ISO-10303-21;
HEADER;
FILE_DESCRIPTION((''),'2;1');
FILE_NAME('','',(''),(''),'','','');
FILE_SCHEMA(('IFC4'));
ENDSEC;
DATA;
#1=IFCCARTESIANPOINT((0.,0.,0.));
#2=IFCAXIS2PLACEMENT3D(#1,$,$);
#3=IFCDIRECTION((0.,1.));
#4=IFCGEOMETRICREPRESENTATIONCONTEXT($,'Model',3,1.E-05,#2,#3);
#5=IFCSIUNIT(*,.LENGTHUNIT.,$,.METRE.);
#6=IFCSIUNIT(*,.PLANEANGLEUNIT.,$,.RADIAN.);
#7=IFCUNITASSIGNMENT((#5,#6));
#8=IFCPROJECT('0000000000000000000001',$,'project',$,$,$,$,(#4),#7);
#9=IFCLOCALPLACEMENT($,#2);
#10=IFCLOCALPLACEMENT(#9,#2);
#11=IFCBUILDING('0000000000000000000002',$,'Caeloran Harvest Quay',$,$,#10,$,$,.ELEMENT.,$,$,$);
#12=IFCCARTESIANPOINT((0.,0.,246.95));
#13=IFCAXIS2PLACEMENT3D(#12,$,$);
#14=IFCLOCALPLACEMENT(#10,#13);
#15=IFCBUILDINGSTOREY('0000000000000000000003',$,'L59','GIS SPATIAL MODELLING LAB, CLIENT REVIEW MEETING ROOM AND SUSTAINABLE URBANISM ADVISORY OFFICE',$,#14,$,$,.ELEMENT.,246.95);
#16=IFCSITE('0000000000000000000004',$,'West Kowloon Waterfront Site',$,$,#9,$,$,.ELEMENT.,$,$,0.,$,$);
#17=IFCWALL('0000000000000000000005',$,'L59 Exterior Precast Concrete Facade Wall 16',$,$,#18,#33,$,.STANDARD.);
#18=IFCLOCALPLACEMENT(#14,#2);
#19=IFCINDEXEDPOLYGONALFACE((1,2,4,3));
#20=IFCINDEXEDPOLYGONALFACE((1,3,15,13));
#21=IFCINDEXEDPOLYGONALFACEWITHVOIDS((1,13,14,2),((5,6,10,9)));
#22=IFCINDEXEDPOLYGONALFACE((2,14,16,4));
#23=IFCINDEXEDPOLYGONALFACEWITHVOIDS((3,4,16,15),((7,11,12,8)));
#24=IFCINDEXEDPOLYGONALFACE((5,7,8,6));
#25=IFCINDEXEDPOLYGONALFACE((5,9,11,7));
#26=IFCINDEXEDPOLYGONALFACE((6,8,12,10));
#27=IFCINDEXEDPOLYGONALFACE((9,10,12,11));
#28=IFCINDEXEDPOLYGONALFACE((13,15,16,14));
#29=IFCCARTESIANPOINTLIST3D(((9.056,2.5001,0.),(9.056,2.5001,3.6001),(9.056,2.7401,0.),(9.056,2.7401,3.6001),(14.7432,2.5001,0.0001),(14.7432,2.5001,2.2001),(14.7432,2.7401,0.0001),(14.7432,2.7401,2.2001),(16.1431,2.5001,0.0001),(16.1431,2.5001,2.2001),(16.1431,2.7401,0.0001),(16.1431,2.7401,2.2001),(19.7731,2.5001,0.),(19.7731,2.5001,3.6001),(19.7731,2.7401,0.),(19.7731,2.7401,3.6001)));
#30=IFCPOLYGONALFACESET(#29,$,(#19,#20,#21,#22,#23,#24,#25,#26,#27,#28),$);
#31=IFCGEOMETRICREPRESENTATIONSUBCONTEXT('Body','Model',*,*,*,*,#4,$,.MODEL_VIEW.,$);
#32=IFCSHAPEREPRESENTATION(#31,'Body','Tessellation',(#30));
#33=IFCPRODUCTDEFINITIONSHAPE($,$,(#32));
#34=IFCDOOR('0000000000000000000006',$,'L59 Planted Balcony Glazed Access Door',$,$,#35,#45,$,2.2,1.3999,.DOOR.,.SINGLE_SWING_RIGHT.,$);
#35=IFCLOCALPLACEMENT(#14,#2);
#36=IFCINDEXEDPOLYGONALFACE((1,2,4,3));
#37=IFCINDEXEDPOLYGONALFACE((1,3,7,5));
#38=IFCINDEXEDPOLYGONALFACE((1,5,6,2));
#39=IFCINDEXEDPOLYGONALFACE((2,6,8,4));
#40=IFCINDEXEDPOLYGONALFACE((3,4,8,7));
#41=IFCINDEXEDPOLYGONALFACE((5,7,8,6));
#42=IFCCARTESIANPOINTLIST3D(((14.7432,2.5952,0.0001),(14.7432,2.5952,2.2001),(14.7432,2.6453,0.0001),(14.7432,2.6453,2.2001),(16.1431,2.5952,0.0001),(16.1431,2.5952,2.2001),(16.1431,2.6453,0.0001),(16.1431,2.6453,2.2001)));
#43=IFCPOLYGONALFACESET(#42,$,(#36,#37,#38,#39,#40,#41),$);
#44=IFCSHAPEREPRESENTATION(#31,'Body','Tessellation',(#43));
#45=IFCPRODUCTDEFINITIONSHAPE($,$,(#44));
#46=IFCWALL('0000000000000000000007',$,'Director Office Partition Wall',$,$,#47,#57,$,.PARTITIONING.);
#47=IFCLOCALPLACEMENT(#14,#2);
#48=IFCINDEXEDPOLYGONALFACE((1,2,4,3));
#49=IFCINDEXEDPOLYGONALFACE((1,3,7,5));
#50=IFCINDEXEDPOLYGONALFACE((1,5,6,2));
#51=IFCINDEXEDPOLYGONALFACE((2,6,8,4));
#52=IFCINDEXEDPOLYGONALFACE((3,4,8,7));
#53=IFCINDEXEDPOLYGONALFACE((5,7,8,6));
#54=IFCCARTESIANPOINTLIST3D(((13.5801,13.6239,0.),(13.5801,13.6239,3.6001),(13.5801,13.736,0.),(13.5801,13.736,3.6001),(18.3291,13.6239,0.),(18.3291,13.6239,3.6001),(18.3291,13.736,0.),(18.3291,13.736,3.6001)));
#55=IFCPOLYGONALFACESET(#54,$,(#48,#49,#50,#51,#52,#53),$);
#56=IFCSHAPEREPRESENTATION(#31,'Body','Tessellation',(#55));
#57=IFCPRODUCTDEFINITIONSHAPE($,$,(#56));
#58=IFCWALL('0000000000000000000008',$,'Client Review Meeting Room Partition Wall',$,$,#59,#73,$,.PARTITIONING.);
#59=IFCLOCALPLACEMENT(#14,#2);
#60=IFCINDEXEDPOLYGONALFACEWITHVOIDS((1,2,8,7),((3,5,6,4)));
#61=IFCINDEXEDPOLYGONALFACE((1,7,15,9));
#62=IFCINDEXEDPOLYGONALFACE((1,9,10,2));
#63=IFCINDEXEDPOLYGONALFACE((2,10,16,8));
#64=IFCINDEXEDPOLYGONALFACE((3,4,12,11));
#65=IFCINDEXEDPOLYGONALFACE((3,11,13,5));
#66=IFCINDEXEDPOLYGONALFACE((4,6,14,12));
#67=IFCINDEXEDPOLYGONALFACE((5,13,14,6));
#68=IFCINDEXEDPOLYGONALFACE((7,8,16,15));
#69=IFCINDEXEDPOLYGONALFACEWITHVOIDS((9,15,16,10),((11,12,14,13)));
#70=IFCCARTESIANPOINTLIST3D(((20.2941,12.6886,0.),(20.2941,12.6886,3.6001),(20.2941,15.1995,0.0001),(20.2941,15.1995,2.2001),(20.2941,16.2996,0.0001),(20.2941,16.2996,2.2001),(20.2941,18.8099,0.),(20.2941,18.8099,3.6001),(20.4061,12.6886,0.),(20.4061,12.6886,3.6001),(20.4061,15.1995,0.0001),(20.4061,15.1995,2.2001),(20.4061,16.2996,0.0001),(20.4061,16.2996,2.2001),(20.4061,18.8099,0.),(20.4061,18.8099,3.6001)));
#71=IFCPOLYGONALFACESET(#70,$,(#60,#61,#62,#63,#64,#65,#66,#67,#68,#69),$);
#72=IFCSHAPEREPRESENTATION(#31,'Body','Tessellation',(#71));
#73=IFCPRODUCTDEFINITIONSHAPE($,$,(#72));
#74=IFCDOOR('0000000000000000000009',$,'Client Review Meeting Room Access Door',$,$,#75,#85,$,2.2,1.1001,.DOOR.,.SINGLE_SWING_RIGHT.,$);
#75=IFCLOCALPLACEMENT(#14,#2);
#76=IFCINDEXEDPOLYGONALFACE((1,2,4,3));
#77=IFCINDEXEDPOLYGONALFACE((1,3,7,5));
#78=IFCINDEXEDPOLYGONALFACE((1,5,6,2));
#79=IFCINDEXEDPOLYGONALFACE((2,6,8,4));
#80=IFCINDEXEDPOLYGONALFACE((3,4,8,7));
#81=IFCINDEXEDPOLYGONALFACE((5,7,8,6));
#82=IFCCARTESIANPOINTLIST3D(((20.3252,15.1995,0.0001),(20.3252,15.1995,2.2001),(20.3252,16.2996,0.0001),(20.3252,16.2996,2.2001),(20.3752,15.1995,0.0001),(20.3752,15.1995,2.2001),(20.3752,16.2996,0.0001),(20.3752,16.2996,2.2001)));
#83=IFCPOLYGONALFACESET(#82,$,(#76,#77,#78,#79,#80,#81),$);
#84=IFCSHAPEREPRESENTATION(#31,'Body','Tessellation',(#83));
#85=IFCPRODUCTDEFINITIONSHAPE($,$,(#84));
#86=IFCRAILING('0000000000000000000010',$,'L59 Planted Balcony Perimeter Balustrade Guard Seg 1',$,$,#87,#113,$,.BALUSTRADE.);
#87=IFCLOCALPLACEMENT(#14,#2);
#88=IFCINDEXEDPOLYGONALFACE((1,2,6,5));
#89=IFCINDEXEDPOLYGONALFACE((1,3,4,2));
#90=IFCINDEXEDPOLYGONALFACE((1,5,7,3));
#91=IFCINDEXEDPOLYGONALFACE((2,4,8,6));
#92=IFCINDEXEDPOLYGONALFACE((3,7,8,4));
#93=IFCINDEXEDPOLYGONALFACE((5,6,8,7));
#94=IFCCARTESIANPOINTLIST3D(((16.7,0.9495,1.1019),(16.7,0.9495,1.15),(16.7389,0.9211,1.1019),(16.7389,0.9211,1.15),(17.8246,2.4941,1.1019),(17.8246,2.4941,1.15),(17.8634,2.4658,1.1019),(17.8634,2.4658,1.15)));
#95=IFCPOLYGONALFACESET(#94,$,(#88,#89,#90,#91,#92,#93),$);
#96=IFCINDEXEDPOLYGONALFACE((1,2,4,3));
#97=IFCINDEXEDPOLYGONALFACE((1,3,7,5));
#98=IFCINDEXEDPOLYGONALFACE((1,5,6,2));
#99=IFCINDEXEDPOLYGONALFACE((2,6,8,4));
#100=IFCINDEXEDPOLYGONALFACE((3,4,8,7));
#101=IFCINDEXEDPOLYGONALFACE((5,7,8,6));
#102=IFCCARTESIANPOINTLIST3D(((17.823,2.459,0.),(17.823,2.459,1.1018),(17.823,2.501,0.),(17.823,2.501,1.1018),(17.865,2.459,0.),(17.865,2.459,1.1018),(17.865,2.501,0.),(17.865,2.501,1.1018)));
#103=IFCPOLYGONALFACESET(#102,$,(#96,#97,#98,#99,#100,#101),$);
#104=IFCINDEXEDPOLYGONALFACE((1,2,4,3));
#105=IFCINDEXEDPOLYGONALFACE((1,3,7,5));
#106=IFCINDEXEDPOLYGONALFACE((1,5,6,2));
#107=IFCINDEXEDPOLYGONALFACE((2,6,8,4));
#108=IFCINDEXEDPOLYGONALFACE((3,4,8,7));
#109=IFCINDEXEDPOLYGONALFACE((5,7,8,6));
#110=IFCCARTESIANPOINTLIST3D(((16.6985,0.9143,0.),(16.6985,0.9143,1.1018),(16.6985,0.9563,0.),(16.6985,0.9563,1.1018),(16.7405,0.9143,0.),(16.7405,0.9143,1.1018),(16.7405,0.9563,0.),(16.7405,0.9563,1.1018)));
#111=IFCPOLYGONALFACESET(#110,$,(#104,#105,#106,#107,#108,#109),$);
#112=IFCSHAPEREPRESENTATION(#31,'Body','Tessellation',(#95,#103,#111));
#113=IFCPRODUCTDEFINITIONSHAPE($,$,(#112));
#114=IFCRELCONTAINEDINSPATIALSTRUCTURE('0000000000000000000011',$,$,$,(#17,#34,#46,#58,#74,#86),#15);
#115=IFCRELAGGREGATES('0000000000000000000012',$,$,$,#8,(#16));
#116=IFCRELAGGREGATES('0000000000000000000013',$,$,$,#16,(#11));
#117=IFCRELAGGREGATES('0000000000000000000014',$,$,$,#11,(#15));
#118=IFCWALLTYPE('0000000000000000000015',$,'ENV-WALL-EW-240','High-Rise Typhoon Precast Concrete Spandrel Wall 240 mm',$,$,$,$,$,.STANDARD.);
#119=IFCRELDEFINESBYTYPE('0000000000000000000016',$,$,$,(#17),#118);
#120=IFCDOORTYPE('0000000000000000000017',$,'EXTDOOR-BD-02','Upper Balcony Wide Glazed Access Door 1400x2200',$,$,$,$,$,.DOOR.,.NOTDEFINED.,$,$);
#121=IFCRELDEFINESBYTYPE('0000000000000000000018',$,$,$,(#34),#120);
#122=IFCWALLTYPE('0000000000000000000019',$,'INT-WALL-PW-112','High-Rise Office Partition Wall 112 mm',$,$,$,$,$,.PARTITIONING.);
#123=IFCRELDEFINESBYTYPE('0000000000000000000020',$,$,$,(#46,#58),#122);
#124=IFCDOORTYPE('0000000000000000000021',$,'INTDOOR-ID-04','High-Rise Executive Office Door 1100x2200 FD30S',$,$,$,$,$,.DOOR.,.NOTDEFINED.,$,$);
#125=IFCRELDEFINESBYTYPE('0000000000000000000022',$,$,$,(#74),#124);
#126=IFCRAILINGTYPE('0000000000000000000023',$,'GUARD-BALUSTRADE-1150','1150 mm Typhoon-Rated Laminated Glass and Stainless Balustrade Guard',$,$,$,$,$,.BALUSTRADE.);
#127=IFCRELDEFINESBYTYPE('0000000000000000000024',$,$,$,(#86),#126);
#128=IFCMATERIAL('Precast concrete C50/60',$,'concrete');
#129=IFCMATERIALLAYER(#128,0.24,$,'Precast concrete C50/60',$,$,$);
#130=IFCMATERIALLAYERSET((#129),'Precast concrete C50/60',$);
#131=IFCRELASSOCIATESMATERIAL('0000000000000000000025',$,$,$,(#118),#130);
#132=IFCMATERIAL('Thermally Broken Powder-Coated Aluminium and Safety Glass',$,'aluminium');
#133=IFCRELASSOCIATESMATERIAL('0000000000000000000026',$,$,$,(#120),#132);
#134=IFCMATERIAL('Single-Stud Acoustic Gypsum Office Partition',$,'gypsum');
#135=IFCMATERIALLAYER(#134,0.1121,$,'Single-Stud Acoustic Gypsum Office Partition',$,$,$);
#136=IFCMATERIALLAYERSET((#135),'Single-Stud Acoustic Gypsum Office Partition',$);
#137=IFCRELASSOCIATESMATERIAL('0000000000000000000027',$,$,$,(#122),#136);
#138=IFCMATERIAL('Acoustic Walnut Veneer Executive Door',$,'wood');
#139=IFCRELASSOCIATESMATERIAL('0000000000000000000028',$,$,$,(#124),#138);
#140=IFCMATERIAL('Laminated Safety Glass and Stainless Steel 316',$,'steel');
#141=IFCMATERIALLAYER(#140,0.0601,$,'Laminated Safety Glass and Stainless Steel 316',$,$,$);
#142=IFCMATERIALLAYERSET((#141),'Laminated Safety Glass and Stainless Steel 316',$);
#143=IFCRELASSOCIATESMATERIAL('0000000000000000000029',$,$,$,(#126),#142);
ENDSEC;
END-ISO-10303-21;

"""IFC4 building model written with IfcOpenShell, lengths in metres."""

from ifc_helpers import new_model, si_unit, direction, frame, frame_2d, origin, origin_2d, place, context, subcontext, project, spatial, rectangle, extrude, material, layer, layer_set, type_object, element, fill, save


model = new_model("IFC4")

# Units and contexts
model_context = context("Model", 3, precision=1e-05, world=origin(), true_north=direction((0.0, 1.0)))
body_context = subcontext(model_context, "Body", "Model", "MODEL_VIEW")
ifc_project = project(units=[si_unit("LENGTHUNIT", "METRE"), si_unit("PLANEANGLEUNIT", "RADIAN")], contexts=[model_context])

# Site, building, storey
site_placement = place(None, origin())
site = spatial("IfcSite", under=ifc_project, at=site_placement, Name="West Kowloon Waterfront Site", CompositionType="ELEMENT", RefElevation=0.0)
building_placement = place(site_placement, origin())
building = spatial("IfcBuilding", under=site, at=building_placement, Name="Caeloran Harvest Quay", CompositionType="ELEMENT")
storey_placement = place(building_placement, frame((0.0, 0.0, 246.95)))
storey = spatial("IfcBuildingStorey", under=building, at=storey_placement, Name="L59", Description="GIS SPATIAL MODELLING LAB, CLIENT REVIEW MEETING ROOM AND SUSTAINABLE URBANISM ADVISORY OFFICE", CompositionType="ELEMENT", Elevation=246.95)

# Shared definitions
ifc_material_1 = material(Name="Precast concrete C50/60", Category="concrete")
ifc_layer_1 = layer(ifc_material_1, 0.24, Name="Precast concrete C50/60")
ifc_layer_set_1 = layer_set([ifc_layer_1], Name="Precast concrete C50/60")
wall_type_1 = type_object("IfcWallType", Name="ENV-WALL-EW-240", Description="High-Rise Typhoon Precast Concrete Spandrel Wall 240 mm", PredefinedType="STANDARD", material=ifc_layer_set_1)

# Wall, opening, door
wall_1_placement = place(storey_placement, frame((19.7729, 2.6201, 0.0), z_axis=(0.0, 0.0, 1.0), x_axis=(-1.0, 0.0, 0.0)))
wall_1 = element("IfcWall", 1, at=wall_1_placement, inside=storey, type_object=wall_type_1, Name="L59 Exterior Precast Concrete Facade Wall 16", PredefinedType="STANDARD", context=body_context, shape_type="SweptSolid", body=[
    extrude(rectangle(XDim=10.717, YDim=0.24, at=frame_2d((5.3584, 0.0))), origin(), (0.0, 0.0, 1.0), 3.6001),
])
opening_1_placement = place(wall_1_placement, frame((3.6299, 0.0, 0.0)))
opening_1 = element("IfcOpeningElement", 2, at=opening_1_placement, cuts=wall_1, PredefinedType="OPENING", context=body_context, shape_type="SweptSolid", body=[
    extrude(rectangle(XDim=1.3999, YDim=2.2, at=frame_2d((0.7, 1.1001))), frame((0.0, 0.1299, 0.0), z_axis=(0.0, -1.0, 0.0), x_axis=(1.0, 0.0, 0.0)), (0.0, 0.0, 1.0), 0.26),
])
ifc_material_2 = material(Name="Thermally Broken Powder-Coated Aluminium and Safety Glass", Category="aluminium")
door_type_1 = type_object("IfcDoorType", Name="EXTDOOR-BD-02", Description="Upper Balcony Wide Glazed Access Door 1400x2200", OperationType="NOTDEFINED", PredefinedType="DOOR", material=ifc_material_2)
door_1_placement = place(opening_1_placement, origin())
door_1 = element("IfcDoor", 3, at=door_1_placement, inside=storey, type_object=door_type_1, Name="L59 Planted Balcony Glazed Access Door", OperationType="SINGLE_SWING_RIGHT", OverallHeight=2.2, OverallWidth=1.3999, PredefinedType="DOOR", context=body_context, shape_type="SweptSolid", body=[
    extrude(rectangle(XDim=1.3999, YDim=2.2, at=frame_2d((0.7, 1.1001))), frame((0.0, 0.0249, 0.0), z_axis=(0.0, -1.0, 0.0), x_axis=(1.0, 0.0, 0.0)), (0.0, 0.0, 1.0), 0.05),
])
fill(opening_1, door_1)

# Wall
ifc_material_3 = material(Name="Single-Stud Acoustic Gypsum Office Partition", Category="gypsum")
ifc_layer_2 = layer(ifc_material_3, 0.1121, Name="Single-Stud Acoustic Gypsum Office Partition")
ifc_layer_set_2 = layer_set([ifc_layer_2], Name="Single-Stud Acoustic Gypsum Office Partition")
wall_type_2 = type_object("IfcWallType", Name="INT-WALL-PW-112", Description="High-Rise Office Partition Wall 112 mm", PredefinedType="PARTITIONING", material=ifc_layer_set_2)
wall_2_placement = place(storey_placement, frame((18.3291, 13.6799, 0.0), z_axis=(0.0, 0.0, 1.0), x_axis=(-1.0, 0.0, 0.0)))
element("IfcWall", 4, at=wall_2_placement, inside=storey, type_object=wall_type_2, Name="Director Office Partition Wall", PredefinedType="PARTITIONING", context=body_context, shape_type="SweptSolid", body=[
    extrude(rectangle(XDim=4.749, YDim=0.1121, at=frame_2d((2.3745, 0.0))), origin(), (0.0, 0.0, 1.0), 3.6001),
])

# Wall, opening, door
wall_3_placement = place(storey_placement, frame((20.3501, 12.6887, 0.0), z_axis=(0.0, 0.0, 1.0), x_axis=(0.0, 1.0, 0.0)))
wall_3 = element("IfcWall", 5, at=wall_3_placement, inside=storey, type_object=wall_type_2, Name="Client Review Meeting Room Partition Wall", PredefinedType="PARTITIONING", context=body_context, shape_type="SweptSolid", body=[
    extrude(rectangle(XDim=6.1213, YDim=0.1121, at=frame_2d((3.0605, 0.0))), origin(), (0.0, 0.0, 1.0), 3.6001),
])
opening_2_placement = place(wall_3_placement, frame((2.5107, 0.0, 0.0)))
opening_2 = element("IfcOpeningElement", 6, at=opening_2_placement, cuts=wall_3, PredefinedType="OPENING", context=body_context, shape_type="SweptSolid", body=[
    extrude(rectangle(XDim=1.1001, YDim=2.2, at=frame_2d((0.55, 1.1001))), frame((0.0, 0.0659, 0.0), z_axis=(0.0, -1.0, 0.0), x_axis=(1.0, 0.0, 0.0)), (0.0, 0.0, 1.0), 0.1321),
])
ifc_material_4 = material(Name="Acoustic Walnut Veneer Executive Door", Category="wood")
door_type_2 = type_object("IfcDoorType", Name="INTDOOR-ID-04", Description="High-Rise Executive Office Door 1100x2200 FD30S", OperationType="NOTDEFINED", PredefinedType="DOOR", material=ifc_material_4)
door_2_placement = place(opening_2_placement, origin())
door_2 = element("IfcDoor", 7, at=door_2_placement, inside=storey, type_object=door_type_2, Name="Client Review Meeting Room Access Door", OperationType="SINGLE_SWING_RIGHT", OverallHeight=2.2, OverallWidth=1.1001, PredefinedType="DOOR", context=body_context, shape_type="SweptSolid", body=[
    extrude(rectangle(XDim=1.1001, YDim=2.2, at=frame_2d((0.55, 1.1001))), frame((0.0, 0.0249, 0.0), z_axis=(0.0, -1.0, 0.0), x_axis=(1.0, 0.0, 0.0)), (0.0, 0.0, 1.0), 0.05),
])
fill(opening_2, door_2)

# Railing
ifc_material_5 = material(Name="Laminated Safety Glass and Stainless Steel 316", Category="steel")
ifc_layer_3 = layer(ifc_material_5, 0.0601, Name="Laminated Safety Glass and Stainless Steel 316")
ifc_layer_set_3 = layer_set([ifc_layer_3], Name="Laminated Safety Glass and Stainless Steel 316")
railing_type = type_object("IfcRailingType", Name="GUARD-BALUSTRADE-1150", Description="1150 mm Typhoon-Rated Laminated Glass and Stainless Balustrade Guard", PredefinedType="BALUSTRADE", material=ifc_layer_set_3)
railing_placement = place(storey_placement, frame((17.844, 2.48, 0.0)))
element("IfcRailing", 8, at=railing_placement, inside=storey, type_object=railing_type, Name="L59 Planted Balcony Perimeter Balustrade Guard Seg 1", PredefinedType="BALUSTRADE", context=body_context, shape_type="SweptSolid", body=[
    extrude(rectangle(XDim=0.0481, YDim=0.0481, at=origin_2d()), frame((0.0, 0.0, 1.126), z_axis=(-0.588552, -0.80846, 0.0), x_axis=(0.80846, -0.588552, 0.0)), (0.0, 0.0, 1.0), 1.9106),
    extrude(rectangle(XDim=0.042, YDim=0.042, at=origin_2d()), origin(), (0.0, 0.0, 1.0), 1.1018),
    extrude(rectangle(XDim=0.042, YDim=0.042, at=origin_2d()), frame((-1.1245, -1.5447, 0.0)), (0.0, 0.0, 1.0), 1.1018),
])

save(model, "model.ifc")
